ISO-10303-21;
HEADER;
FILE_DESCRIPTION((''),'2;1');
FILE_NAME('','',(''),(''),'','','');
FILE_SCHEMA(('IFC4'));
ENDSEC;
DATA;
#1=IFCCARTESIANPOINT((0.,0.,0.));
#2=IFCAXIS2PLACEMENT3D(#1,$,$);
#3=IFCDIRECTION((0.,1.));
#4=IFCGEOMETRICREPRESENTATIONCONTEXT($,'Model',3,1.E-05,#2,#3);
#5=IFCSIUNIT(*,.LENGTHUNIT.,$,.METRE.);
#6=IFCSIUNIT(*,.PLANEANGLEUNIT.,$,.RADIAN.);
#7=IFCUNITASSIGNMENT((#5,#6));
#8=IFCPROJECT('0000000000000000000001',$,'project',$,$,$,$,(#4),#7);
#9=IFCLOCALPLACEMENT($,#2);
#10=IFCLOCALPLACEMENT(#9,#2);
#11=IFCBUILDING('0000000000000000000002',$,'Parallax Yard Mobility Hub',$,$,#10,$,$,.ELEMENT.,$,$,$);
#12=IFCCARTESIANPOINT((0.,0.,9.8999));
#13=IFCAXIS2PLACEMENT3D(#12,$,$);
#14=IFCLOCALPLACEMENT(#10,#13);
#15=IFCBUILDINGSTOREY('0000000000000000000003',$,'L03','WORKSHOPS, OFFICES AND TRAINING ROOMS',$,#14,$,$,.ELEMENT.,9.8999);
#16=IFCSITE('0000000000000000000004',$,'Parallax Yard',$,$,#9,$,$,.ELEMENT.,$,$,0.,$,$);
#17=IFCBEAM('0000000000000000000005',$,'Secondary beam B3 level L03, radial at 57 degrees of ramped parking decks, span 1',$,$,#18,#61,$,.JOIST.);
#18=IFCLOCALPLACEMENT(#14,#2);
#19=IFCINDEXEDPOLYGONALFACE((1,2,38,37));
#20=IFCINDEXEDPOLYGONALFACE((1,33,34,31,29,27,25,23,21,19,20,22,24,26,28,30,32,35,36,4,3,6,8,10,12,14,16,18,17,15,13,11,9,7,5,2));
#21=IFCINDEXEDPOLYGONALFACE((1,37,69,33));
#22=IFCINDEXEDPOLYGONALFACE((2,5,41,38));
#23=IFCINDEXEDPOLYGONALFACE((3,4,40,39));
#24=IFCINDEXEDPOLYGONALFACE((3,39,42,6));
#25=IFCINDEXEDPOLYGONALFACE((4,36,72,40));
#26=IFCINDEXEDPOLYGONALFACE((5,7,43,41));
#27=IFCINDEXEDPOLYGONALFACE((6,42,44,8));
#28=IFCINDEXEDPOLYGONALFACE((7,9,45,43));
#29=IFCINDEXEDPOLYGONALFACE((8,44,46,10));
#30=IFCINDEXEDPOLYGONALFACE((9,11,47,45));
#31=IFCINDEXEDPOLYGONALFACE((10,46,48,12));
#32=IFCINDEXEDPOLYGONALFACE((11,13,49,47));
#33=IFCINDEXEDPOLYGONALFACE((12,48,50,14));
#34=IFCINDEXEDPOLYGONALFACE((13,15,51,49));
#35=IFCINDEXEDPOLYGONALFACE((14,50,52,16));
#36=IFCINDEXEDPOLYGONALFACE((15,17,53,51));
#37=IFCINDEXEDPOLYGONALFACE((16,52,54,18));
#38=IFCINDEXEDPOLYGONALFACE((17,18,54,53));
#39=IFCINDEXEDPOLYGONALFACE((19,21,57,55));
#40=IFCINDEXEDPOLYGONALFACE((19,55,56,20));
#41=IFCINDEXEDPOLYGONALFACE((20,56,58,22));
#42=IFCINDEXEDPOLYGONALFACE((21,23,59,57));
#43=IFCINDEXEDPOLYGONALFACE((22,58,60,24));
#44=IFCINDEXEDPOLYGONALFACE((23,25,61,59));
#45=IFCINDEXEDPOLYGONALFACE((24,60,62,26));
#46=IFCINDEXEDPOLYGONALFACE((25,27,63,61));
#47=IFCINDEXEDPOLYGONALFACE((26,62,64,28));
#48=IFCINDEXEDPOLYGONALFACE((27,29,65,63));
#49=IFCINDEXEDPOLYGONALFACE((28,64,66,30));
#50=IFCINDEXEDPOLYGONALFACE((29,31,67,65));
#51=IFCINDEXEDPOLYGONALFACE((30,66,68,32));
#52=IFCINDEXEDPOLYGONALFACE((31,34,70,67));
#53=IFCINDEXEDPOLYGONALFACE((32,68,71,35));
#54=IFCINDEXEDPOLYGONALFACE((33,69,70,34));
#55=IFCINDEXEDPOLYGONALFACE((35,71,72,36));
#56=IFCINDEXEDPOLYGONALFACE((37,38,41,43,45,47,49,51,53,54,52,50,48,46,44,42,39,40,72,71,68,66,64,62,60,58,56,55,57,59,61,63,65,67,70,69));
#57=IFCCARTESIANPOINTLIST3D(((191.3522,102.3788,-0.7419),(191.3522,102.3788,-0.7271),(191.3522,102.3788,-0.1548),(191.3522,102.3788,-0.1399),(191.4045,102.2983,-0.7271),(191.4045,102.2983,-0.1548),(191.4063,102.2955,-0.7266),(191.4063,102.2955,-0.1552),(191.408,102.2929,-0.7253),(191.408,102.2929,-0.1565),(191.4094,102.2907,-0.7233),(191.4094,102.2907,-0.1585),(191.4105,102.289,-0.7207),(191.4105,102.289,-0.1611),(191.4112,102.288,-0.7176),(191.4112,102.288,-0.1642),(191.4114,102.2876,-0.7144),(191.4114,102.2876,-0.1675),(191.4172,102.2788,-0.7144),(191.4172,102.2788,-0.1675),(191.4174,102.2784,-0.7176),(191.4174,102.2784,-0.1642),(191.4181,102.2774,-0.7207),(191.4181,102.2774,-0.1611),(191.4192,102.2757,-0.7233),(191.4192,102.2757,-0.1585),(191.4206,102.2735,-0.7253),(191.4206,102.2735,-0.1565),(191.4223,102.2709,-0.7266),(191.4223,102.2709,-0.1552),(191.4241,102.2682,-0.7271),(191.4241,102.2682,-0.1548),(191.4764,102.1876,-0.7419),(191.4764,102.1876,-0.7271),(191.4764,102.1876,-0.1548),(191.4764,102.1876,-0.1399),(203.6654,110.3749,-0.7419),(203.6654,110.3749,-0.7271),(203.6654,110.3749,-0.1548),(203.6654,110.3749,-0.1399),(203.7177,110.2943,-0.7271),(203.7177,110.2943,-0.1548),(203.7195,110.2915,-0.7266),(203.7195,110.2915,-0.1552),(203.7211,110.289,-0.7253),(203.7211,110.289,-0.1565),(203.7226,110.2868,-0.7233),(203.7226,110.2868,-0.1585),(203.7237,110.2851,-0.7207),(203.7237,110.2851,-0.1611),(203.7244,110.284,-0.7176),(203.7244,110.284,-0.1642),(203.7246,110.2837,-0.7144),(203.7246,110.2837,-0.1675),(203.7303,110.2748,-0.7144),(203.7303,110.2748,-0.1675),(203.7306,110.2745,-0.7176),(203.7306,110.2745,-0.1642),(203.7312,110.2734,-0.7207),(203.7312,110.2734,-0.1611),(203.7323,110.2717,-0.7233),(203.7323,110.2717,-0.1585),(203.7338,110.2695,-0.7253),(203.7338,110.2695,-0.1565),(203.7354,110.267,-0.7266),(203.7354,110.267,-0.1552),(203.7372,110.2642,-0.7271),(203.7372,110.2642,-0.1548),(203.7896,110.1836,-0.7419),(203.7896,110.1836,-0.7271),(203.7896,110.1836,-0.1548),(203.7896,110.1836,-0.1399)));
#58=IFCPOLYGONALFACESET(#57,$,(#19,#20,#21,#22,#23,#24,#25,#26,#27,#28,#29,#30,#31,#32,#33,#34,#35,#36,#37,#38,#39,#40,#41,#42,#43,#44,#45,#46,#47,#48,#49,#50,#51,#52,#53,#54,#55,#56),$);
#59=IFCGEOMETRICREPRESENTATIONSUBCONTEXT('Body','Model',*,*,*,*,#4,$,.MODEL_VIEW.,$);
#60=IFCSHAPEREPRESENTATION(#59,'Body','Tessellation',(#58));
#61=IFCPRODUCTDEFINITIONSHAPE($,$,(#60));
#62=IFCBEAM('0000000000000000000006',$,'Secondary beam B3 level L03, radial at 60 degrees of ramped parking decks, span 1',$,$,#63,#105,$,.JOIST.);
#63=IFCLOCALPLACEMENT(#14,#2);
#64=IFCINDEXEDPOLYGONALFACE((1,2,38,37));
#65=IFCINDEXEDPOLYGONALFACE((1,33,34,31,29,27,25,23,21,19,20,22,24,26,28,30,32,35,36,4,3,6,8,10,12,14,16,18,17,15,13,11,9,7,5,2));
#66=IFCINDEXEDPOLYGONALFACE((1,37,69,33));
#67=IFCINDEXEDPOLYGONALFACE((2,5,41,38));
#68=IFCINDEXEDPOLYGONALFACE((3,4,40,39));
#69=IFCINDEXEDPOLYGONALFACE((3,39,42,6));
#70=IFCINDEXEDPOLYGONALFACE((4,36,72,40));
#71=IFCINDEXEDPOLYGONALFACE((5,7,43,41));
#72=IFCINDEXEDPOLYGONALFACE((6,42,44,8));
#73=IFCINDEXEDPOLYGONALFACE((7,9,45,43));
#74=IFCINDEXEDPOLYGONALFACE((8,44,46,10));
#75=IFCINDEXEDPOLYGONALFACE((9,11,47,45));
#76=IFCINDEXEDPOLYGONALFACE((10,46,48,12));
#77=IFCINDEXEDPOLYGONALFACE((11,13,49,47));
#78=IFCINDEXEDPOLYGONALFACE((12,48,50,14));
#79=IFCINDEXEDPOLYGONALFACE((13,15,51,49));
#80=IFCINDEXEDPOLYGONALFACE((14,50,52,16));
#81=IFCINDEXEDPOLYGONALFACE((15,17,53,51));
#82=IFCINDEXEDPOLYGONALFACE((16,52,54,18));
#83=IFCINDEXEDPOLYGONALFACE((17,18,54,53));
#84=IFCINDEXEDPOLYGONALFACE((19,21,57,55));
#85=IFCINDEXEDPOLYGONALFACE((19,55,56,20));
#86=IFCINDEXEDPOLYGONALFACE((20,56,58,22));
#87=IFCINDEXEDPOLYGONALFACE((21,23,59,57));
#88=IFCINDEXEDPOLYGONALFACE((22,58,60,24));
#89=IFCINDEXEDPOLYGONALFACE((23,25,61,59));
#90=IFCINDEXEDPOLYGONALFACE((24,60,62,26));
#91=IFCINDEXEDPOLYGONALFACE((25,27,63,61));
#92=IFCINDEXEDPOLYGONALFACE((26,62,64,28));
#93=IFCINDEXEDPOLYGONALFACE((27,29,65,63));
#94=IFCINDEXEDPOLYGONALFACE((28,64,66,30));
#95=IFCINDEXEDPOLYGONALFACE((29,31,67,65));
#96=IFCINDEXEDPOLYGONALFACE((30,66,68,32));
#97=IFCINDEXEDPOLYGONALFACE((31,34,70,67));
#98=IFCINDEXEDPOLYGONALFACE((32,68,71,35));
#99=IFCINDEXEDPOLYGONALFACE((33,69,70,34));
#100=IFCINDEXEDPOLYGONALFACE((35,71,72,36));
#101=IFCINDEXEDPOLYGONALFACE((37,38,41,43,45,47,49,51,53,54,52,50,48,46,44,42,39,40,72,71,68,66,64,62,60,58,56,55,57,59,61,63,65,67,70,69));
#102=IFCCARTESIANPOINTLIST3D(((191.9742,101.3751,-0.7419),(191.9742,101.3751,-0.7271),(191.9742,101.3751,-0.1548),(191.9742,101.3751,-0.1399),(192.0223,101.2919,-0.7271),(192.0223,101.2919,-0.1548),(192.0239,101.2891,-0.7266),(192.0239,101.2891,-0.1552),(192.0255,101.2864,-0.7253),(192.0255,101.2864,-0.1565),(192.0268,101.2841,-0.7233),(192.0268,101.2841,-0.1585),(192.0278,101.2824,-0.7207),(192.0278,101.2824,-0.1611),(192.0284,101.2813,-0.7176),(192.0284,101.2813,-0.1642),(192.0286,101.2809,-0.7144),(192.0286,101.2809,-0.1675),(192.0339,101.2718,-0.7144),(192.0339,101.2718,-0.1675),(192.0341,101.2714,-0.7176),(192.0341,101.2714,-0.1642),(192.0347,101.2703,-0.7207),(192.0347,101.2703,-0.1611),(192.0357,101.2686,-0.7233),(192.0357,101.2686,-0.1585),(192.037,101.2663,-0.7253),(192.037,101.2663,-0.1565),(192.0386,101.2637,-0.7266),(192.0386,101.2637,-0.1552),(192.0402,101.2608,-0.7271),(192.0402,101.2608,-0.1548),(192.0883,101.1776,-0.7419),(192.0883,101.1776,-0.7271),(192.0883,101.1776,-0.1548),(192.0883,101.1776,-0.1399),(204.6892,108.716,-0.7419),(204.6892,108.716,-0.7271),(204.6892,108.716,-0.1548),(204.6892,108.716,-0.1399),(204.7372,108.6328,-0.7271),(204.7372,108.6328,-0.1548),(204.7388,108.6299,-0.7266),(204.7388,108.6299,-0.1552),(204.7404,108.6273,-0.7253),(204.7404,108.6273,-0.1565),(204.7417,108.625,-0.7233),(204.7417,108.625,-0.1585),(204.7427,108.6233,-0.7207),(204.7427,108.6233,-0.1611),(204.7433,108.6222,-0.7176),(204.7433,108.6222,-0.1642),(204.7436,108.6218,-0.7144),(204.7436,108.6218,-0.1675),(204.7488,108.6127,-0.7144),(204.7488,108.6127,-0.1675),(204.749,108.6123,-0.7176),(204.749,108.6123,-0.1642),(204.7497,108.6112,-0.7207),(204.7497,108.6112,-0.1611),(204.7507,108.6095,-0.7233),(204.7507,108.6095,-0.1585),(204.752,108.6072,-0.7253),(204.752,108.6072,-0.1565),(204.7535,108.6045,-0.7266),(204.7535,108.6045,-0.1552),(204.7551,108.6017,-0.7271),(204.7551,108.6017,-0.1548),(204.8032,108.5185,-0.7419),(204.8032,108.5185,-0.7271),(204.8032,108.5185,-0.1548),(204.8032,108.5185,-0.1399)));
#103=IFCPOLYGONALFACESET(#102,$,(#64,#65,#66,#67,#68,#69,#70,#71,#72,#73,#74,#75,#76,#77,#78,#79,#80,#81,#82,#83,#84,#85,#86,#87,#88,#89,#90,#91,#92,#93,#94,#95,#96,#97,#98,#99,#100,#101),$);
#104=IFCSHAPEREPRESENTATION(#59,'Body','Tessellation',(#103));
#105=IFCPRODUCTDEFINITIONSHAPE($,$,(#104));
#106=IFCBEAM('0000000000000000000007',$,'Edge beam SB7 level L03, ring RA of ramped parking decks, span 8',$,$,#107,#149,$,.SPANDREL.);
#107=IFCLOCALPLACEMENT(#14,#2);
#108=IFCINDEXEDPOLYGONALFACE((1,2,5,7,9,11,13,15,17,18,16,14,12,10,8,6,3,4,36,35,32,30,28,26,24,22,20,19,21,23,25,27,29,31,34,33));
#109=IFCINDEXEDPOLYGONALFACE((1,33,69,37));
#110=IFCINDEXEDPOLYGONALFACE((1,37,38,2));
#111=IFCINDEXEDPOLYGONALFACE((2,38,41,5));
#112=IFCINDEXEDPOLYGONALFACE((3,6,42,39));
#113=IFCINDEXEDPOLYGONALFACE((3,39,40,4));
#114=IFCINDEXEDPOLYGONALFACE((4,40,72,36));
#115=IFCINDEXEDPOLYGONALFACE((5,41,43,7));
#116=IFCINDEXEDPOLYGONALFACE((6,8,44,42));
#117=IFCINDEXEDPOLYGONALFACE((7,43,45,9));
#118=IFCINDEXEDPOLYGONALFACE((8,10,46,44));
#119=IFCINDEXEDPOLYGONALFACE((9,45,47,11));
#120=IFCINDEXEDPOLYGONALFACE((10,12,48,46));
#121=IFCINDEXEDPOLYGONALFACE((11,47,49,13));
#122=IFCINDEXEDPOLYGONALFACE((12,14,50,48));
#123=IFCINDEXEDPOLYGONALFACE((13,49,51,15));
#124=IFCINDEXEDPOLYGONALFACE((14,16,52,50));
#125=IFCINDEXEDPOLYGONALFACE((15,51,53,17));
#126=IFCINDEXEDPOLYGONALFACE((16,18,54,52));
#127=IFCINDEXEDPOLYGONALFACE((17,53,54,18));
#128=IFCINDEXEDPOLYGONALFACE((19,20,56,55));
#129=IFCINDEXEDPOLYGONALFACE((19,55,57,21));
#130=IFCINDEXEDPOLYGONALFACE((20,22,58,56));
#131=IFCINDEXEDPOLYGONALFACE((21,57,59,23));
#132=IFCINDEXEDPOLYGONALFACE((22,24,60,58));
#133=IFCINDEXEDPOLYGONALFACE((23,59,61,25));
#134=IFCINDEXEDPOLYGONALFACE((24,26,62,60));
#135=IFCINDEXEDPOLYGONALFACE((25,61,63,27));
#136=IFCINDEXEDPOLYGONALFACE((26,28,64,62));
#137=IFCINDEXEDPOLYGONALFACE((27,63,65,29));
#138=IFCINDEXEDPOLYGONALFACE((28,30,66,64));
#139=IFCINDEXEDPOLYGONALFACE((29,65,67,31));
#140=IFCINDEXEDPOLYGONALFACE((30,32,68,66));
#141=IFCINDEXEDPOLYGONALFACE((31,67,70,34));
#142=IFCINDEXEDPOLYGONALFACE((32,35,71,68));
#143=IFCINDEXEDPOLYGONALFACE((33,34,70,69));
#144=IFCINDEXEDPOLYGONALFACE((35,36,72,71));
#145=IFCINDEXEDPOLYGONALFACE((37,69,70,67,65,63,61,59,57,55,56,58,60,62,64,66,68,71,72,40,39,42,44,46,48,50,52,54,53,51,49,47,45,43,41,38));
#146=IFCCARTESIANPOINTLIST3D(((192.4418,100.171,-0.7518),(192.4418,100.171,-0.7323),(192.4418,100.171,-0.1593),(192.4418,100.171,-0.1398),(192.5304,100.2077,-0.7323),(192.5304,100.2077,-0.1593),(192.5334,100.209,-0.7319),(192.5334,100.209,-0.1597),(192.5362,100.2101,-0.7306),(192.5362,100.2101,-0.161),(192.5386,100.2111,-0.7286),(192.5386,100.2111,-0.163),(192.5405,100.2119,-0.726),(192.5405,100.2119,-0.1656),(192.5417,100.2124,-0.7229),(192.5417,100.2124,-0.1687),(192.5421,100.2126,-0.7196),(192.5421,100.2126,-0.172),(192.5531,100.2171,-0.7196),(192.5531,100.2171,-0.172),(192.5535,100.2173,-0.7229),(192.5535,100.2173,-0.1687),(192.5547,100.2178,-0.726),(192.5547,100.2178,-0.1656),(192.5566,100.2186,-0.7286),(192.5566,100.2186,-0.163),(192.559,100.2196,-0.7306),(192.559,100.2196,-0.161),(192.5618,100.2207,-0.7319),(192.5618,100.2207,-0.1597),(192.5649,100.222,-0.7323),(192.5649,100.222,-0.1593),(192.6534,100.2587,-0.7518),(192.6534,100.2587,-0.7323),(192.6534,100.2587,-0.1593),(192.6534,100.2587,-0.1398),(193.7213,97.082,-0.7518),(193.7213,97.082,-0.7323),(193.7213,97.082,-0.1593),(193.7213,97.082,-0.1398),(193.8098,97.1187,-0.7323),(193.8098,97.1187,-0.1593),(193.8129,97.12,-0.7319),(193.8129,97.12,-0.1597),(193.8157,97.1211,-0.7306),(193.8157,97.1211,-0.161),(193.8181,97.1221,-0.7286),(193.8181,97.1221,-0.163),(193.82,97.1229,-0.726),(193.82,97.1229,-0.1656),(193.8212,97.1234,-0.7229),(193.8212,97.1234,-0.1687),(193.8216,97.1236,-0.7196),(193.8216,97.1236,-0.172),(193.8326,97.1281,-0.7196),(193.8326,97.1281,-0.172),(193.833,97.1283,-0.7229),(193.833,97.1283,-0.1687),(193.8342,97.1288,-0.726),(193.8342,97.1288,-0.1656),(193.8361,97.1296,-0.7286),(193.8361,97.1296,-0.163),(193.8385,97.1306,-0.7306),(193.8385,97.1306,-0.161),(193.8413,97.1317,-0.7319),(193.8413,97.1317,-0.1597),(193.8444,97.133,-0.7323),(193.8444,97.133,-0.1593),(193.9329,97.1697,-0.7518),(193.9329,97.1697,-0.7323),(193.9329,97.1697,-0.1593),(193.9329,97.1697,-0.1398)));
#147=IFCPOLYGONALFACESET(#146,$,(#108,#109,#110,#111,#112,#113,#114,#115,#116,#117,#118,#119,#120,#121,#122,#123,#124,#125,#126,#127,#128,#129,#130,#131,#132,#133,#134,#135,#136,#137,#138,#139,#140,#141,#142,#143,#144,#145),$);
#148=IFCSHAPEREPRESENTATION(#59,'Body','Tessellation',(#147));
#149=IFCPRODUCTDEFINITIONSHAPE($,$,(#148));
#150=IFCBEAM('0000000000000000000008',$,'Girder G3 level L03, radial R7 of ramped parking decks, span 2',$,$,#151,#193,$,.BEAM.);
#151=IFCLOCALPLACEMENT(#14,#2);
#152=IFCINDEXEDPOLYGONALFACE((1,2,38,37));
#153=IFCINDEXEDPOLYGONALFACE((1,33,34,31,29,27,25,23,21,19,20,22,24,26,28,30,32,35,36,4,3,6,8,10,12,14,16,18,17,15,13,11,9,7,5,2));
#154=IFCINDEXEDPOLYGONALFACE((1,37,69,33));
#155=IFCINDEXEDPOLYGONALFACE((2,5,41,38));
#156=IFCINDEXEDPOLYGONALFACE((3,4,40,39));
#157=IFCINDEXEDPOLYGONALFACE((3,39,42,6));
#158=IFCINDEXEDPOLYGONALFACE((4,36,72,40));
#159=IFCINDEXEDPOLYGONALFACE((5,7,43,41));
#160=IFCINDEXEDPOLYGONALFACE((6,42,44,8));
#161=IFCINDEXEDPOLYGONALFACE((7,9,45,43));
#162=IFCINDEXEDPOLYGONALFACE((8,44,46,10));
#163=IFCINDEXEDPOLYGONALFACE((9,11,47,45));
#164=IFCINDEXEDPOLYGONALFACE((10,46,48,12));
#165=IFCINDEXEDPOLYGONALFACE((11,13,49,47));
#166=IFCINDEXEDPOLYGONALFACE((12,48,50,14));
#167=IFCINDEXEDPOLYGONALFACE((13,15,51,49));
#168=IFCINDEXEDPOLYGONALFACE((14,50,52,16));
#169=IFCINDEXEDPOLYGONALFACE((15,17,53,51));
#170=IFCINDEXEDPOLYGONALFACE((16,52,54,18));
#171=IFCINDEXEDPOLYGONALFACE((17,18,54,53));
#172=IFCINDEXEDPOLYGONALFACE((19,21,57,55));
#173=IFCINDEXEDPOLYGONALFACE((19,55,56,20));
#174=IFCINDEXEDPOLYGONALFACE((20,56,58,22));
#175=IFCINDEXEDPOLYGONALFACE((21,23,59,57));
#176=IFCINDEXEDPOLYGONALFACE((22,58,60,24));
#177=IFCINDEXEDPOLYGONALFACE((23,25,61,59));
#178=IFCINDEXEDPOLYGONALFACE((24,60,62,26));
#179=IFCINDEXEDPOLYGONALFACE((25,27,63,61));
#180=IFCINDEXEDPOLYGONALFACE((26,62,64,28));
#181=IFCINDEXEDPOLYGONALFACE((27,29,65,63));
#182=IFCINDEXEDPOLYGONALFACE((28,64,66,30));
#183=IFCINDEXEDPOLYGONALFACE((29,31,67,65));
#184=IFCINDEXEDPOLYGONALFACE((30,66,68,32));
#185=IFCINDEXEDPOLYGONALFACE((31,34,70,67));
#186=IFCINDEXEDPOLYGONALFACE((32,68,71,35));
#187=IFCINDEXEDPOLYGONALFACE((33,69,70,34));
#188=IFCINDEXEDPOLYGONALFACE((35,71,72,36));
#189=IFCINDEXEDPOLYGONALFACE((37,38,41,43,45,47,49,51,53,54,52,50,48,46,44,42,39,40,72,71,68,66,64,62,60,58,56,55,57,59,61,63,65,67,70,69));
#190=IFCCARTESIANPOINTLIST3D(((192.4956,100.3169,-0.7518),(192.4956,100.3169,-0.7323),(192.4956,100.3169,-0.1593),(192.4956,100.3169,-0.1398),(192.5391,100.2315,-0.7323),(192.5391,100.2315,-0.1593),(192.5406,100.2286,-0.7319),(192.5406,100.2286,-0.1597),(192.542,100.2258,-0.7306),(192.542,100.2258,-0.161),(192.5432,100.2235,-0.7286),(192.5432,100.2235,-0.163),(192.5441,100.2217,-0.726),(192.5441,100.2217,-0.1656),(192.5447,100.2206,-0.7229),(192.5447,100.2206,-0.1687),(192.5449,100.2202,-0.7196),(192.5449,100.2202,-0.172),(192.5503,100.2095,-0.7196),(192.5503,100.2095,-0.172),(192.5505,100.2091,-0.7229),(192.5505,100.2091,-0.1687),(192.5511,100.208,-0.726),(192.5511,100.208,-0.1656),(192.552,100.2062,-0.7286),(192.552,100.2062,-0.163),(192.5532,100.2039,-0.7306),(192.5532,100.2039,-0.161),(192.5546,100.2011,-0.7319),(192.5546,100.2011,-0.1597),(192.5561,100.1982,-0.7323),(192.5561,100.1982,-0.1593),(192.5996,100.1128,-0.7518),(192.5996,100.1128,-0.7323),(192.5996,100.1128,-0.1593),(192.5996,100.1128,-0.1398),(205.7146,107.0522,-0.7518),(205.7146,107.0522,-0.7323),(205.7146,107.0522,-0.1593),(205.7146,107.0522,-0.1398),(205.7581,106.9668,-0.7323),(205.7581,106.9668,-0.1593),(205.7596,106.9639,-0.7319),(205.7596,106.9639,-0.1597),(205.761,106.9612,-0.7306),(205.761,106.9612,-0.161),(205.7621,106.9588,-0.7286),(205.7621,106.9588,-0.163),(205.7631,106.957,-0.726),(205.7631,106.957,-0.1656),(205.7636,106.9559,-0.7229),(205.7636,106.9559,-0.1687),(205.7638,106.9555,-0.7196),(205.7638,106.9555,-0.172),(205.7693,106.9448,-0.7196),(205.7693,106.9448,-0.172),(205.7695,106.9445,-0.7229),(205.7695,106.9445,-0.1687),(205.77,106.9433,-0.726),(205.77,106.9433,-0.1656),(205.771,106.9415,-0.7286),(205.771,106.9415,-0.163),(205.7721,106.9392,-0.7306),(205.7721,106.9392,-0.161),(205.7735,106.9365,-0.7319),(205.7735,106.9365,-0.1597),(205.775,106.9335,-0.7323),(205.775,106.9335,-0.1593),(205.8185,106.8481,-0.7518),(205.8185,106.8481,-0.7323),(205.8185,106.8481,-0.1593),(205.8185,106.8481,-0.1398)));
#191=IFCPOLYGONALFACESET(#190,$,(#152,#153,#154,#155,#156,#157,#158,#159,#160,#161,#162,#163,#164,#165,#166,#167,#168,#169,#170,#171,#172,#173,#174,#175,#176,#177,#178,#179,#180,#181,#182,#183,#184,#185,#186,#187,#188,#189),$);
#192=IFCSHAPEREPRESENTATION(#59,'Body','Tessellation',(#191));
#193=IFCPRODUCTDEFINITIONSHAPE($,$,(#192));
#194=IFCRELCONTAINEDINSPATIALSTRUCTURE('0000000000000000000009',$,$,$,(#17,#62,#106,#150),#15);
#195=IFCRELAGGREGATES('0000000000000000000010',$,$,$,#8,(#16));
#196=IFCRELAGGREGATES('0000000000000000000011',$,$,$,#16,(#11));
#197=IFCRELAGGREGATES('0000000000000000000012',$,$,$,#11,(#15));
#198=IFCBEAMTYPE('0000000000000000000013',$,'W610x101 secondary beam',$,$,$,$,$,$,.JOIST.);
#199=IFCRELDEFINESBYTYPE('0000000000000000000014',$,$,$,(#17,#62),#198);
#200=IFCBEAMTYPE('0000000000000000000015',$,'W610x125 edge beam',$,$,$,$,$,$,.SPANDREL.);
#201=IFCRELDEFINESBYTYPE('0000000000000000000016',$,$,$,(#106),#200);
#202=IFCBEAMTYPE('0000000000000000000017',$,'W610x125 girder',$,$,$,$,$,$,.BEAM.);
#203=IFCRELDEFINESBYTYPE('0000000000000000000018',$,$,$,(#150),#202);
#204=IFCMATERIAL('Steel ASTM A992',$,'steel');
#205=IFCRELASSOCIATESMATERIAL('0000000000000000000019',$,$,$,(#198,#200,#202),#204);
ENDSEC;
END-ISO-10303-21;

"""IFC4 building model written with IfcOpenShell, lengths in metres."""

from ifc_helpers import new_model, si_unit, direction, frame, origin, origin_2d, place, context, subcontext, project, spatial, i_section, extrude, material, material_profile, profile_set, type_object, element, save


model = new_model("IFC4")

# Units and contexts
model_context = context("Model", 3, precision=1e-05, world=origin(), true_north=direction((0.0, 1.0)))
body_context = subcontext(model_context, "Body", "Model", "MODEL_VIEW")
ifc_project = project(units=[si_unit("LENGTHUNIT", "METRE"), si_unit("PLANEANGLEUNIT", "RADIAN")], contexts=[model_context])

# Site, building, storey
site_placement = place(None, origin())
site = spatial("IfcSite", under=ifc_project, at=site_placement, Name="Parallax Yard", CompositionType="ELEMENT", RefElevation=0.0)
building_placement = place(site_placement, origin())
building = spatial("IfcBuilding", under=site, at=building_placement, Name="Parallax Yard Mobility Hub", CompositionType="ELEMENT")
storey_placement = place(building_placement, frame((0.0, 0.0, 9.8999)))
storey = spatial("IfcBuildingStorey", under=building, at=storey_placement, Name="L03", Description="WORKSHOPS, OFFICES AND TRAINING ROOMS", CompositionType="ELEMENT", Elevation=9.8999)

# Beams
ifc_material_1 = material(Name="Steel ASTM A992", Category="steel")
ifc_material_profile_1 = material_profile(ifc_material_1, i_section(OverallWidth=0.228, OverallDepth=0.6021, WebThickness=0.0105, FlangeThickness=0.0149, FilletRadius=0.0127, at=origin_2d()), Name="W610x101")
ifc_profile_set_1 = profile_set([ifc_material_profile_1], Name="Steel ASTM A992")
beam_type_1 = type_object("IfcBeamType", Name="W610x101 secondary beam", PredefinedType="JOIST", material=ifc_profile_set_1)
beam_1_placement = place(storey_placement, frame((191.4143, 102.2832, -0.4409), z_axis=(0.838677, 0.544629, 0.0), x_axis=(-0.544629, 0.838677, 0.0)))
element("IfcBeam", 1, at=beam_1_placement, inside=storey, type_object=beam_type_1, Name="Secondary beam B3 level L03, radial at 57 degrees of ramped parking decks, span 1", PredefinedType="JOIST", context=body_context, shape_type="SweptSolid", body=[
    extrude(i_section(OverallWidth=0.228, OverallDepth=0.6021, WebThickness=0.0105, FlangeThickness=0.0149, FilletRadius=0.0127, at=origin_2d()), origin(), (0.0, 0.0, 1.0), 14.6816),
])
beam_2_placement = place(storey_placement, frame((192.0312, 101.2764, -0.4409), z_axis=(0.866028, 0.499995, 0.0), x_axis=(-0.499995, 0.866028, 0.0)))
element("IfcBeam", 2, at=beam_2_placement, inside=storey, type_object=beam_type_1, Name="Secondary beam B3 level L03, radial at 60 degrees of ramped parking decks, span 1", PredefinedType="JOIST", context=body_context, shape_type="SweptSolid", body=[
    extrude(i_section(OverallWidth=0.228, OverallDepth=0.6021, WebThickness=0.0105, FlangeThickness=0.0149, FilletRadius=0.0127, at=origin_2d()), origin(), (0.0, 0.0, 1.0), 14.6819),
])
ifc_material_profile_2 = material_profile(ifc_material_1, i_section(OverallWidth=0.229, OverallDepth=0.6121, WebThickness=0.012, FlangeThickness=0.0195, FilletRadius=0.0127, at=origin_2d()), Name="W610x125")
ifc_profile_set_2 = profile_set([ifc_material_profile_2], Name="Steel ASTM A992")
beam_type_2 = type_object("IfcBeamType", Name="W610x125 edge beam", PredefinedType="SPANDREL", material=ifc_profile_set_2)
beam_3_placement = place(storey_placement, frame((192.5476, 100.2148, -0.4458), z_axis=(0.382681, -0.923881, 0.0), x_axis=(0.923881, 0.382681, 0.0)))
element("IfcBeam", 3, at=beam_3_placement, inside=storey, type_object=beam_type_2, Name="Edge beam SB7 level L03, ring RA of ramped parking decks, span 8", PredefinedType="SPANDREL", context=body_context, shape_type="SweptSolid", body=[
    extrude(i_section(OverallWidth=0.229, OverallDepth=0.6121, WebThickness=0.012, FlangeThickness=0.0195, FilletRadius=0.0127, at=origin_2d()), origin(), (0.0, 0.0, 1.0), 3.3435),
])
ifc_material_profile_3 = material_profile(ifc_material_1, i_section(OverallWidth=0.229, OverallDepth=0.6121, WebThickness=0.012, FlangeThickness=0.0195, FilletRadius=0.0127, at=origin_2d()), Name="W610x125")
ifc_profile_set_3 = profile_set([ifc_material_profile_3], Name="Steel ASTM A992")
beam_type_3 = type_object("IfcBeamType", Name="W610x125 girder", PredefinedType="BEAM", material=ifc_profile_set_3)
beam_4_placement = place(storey_placement, frame((192.5476, 100.2148, -0.4458), z_axis=(0.891008, 0.453987, 0.0), x_axis=(-0.453987, 0.891008, 0.0)))
element("IfcBeam", 4, at=beam_4_placement, inside=storey, type_object=beam_type_3, Name="Girder G3 level L03, radial R7 of ramped parking decks, span 2", PredefinedType="BEAM", context=body_context, shape_type="SweptSolid", body=[
    extrude(i_section(OverallWidth=0.229, OverallDepth=0.6121, WebThickness=0.012, FlangeThickness=0.0195, FilletRadius=0.0127, at=origin_2d()), origin(), (0.0, 0.0, 1.0), 14.8359),
])

save(model, "model.ifc")
